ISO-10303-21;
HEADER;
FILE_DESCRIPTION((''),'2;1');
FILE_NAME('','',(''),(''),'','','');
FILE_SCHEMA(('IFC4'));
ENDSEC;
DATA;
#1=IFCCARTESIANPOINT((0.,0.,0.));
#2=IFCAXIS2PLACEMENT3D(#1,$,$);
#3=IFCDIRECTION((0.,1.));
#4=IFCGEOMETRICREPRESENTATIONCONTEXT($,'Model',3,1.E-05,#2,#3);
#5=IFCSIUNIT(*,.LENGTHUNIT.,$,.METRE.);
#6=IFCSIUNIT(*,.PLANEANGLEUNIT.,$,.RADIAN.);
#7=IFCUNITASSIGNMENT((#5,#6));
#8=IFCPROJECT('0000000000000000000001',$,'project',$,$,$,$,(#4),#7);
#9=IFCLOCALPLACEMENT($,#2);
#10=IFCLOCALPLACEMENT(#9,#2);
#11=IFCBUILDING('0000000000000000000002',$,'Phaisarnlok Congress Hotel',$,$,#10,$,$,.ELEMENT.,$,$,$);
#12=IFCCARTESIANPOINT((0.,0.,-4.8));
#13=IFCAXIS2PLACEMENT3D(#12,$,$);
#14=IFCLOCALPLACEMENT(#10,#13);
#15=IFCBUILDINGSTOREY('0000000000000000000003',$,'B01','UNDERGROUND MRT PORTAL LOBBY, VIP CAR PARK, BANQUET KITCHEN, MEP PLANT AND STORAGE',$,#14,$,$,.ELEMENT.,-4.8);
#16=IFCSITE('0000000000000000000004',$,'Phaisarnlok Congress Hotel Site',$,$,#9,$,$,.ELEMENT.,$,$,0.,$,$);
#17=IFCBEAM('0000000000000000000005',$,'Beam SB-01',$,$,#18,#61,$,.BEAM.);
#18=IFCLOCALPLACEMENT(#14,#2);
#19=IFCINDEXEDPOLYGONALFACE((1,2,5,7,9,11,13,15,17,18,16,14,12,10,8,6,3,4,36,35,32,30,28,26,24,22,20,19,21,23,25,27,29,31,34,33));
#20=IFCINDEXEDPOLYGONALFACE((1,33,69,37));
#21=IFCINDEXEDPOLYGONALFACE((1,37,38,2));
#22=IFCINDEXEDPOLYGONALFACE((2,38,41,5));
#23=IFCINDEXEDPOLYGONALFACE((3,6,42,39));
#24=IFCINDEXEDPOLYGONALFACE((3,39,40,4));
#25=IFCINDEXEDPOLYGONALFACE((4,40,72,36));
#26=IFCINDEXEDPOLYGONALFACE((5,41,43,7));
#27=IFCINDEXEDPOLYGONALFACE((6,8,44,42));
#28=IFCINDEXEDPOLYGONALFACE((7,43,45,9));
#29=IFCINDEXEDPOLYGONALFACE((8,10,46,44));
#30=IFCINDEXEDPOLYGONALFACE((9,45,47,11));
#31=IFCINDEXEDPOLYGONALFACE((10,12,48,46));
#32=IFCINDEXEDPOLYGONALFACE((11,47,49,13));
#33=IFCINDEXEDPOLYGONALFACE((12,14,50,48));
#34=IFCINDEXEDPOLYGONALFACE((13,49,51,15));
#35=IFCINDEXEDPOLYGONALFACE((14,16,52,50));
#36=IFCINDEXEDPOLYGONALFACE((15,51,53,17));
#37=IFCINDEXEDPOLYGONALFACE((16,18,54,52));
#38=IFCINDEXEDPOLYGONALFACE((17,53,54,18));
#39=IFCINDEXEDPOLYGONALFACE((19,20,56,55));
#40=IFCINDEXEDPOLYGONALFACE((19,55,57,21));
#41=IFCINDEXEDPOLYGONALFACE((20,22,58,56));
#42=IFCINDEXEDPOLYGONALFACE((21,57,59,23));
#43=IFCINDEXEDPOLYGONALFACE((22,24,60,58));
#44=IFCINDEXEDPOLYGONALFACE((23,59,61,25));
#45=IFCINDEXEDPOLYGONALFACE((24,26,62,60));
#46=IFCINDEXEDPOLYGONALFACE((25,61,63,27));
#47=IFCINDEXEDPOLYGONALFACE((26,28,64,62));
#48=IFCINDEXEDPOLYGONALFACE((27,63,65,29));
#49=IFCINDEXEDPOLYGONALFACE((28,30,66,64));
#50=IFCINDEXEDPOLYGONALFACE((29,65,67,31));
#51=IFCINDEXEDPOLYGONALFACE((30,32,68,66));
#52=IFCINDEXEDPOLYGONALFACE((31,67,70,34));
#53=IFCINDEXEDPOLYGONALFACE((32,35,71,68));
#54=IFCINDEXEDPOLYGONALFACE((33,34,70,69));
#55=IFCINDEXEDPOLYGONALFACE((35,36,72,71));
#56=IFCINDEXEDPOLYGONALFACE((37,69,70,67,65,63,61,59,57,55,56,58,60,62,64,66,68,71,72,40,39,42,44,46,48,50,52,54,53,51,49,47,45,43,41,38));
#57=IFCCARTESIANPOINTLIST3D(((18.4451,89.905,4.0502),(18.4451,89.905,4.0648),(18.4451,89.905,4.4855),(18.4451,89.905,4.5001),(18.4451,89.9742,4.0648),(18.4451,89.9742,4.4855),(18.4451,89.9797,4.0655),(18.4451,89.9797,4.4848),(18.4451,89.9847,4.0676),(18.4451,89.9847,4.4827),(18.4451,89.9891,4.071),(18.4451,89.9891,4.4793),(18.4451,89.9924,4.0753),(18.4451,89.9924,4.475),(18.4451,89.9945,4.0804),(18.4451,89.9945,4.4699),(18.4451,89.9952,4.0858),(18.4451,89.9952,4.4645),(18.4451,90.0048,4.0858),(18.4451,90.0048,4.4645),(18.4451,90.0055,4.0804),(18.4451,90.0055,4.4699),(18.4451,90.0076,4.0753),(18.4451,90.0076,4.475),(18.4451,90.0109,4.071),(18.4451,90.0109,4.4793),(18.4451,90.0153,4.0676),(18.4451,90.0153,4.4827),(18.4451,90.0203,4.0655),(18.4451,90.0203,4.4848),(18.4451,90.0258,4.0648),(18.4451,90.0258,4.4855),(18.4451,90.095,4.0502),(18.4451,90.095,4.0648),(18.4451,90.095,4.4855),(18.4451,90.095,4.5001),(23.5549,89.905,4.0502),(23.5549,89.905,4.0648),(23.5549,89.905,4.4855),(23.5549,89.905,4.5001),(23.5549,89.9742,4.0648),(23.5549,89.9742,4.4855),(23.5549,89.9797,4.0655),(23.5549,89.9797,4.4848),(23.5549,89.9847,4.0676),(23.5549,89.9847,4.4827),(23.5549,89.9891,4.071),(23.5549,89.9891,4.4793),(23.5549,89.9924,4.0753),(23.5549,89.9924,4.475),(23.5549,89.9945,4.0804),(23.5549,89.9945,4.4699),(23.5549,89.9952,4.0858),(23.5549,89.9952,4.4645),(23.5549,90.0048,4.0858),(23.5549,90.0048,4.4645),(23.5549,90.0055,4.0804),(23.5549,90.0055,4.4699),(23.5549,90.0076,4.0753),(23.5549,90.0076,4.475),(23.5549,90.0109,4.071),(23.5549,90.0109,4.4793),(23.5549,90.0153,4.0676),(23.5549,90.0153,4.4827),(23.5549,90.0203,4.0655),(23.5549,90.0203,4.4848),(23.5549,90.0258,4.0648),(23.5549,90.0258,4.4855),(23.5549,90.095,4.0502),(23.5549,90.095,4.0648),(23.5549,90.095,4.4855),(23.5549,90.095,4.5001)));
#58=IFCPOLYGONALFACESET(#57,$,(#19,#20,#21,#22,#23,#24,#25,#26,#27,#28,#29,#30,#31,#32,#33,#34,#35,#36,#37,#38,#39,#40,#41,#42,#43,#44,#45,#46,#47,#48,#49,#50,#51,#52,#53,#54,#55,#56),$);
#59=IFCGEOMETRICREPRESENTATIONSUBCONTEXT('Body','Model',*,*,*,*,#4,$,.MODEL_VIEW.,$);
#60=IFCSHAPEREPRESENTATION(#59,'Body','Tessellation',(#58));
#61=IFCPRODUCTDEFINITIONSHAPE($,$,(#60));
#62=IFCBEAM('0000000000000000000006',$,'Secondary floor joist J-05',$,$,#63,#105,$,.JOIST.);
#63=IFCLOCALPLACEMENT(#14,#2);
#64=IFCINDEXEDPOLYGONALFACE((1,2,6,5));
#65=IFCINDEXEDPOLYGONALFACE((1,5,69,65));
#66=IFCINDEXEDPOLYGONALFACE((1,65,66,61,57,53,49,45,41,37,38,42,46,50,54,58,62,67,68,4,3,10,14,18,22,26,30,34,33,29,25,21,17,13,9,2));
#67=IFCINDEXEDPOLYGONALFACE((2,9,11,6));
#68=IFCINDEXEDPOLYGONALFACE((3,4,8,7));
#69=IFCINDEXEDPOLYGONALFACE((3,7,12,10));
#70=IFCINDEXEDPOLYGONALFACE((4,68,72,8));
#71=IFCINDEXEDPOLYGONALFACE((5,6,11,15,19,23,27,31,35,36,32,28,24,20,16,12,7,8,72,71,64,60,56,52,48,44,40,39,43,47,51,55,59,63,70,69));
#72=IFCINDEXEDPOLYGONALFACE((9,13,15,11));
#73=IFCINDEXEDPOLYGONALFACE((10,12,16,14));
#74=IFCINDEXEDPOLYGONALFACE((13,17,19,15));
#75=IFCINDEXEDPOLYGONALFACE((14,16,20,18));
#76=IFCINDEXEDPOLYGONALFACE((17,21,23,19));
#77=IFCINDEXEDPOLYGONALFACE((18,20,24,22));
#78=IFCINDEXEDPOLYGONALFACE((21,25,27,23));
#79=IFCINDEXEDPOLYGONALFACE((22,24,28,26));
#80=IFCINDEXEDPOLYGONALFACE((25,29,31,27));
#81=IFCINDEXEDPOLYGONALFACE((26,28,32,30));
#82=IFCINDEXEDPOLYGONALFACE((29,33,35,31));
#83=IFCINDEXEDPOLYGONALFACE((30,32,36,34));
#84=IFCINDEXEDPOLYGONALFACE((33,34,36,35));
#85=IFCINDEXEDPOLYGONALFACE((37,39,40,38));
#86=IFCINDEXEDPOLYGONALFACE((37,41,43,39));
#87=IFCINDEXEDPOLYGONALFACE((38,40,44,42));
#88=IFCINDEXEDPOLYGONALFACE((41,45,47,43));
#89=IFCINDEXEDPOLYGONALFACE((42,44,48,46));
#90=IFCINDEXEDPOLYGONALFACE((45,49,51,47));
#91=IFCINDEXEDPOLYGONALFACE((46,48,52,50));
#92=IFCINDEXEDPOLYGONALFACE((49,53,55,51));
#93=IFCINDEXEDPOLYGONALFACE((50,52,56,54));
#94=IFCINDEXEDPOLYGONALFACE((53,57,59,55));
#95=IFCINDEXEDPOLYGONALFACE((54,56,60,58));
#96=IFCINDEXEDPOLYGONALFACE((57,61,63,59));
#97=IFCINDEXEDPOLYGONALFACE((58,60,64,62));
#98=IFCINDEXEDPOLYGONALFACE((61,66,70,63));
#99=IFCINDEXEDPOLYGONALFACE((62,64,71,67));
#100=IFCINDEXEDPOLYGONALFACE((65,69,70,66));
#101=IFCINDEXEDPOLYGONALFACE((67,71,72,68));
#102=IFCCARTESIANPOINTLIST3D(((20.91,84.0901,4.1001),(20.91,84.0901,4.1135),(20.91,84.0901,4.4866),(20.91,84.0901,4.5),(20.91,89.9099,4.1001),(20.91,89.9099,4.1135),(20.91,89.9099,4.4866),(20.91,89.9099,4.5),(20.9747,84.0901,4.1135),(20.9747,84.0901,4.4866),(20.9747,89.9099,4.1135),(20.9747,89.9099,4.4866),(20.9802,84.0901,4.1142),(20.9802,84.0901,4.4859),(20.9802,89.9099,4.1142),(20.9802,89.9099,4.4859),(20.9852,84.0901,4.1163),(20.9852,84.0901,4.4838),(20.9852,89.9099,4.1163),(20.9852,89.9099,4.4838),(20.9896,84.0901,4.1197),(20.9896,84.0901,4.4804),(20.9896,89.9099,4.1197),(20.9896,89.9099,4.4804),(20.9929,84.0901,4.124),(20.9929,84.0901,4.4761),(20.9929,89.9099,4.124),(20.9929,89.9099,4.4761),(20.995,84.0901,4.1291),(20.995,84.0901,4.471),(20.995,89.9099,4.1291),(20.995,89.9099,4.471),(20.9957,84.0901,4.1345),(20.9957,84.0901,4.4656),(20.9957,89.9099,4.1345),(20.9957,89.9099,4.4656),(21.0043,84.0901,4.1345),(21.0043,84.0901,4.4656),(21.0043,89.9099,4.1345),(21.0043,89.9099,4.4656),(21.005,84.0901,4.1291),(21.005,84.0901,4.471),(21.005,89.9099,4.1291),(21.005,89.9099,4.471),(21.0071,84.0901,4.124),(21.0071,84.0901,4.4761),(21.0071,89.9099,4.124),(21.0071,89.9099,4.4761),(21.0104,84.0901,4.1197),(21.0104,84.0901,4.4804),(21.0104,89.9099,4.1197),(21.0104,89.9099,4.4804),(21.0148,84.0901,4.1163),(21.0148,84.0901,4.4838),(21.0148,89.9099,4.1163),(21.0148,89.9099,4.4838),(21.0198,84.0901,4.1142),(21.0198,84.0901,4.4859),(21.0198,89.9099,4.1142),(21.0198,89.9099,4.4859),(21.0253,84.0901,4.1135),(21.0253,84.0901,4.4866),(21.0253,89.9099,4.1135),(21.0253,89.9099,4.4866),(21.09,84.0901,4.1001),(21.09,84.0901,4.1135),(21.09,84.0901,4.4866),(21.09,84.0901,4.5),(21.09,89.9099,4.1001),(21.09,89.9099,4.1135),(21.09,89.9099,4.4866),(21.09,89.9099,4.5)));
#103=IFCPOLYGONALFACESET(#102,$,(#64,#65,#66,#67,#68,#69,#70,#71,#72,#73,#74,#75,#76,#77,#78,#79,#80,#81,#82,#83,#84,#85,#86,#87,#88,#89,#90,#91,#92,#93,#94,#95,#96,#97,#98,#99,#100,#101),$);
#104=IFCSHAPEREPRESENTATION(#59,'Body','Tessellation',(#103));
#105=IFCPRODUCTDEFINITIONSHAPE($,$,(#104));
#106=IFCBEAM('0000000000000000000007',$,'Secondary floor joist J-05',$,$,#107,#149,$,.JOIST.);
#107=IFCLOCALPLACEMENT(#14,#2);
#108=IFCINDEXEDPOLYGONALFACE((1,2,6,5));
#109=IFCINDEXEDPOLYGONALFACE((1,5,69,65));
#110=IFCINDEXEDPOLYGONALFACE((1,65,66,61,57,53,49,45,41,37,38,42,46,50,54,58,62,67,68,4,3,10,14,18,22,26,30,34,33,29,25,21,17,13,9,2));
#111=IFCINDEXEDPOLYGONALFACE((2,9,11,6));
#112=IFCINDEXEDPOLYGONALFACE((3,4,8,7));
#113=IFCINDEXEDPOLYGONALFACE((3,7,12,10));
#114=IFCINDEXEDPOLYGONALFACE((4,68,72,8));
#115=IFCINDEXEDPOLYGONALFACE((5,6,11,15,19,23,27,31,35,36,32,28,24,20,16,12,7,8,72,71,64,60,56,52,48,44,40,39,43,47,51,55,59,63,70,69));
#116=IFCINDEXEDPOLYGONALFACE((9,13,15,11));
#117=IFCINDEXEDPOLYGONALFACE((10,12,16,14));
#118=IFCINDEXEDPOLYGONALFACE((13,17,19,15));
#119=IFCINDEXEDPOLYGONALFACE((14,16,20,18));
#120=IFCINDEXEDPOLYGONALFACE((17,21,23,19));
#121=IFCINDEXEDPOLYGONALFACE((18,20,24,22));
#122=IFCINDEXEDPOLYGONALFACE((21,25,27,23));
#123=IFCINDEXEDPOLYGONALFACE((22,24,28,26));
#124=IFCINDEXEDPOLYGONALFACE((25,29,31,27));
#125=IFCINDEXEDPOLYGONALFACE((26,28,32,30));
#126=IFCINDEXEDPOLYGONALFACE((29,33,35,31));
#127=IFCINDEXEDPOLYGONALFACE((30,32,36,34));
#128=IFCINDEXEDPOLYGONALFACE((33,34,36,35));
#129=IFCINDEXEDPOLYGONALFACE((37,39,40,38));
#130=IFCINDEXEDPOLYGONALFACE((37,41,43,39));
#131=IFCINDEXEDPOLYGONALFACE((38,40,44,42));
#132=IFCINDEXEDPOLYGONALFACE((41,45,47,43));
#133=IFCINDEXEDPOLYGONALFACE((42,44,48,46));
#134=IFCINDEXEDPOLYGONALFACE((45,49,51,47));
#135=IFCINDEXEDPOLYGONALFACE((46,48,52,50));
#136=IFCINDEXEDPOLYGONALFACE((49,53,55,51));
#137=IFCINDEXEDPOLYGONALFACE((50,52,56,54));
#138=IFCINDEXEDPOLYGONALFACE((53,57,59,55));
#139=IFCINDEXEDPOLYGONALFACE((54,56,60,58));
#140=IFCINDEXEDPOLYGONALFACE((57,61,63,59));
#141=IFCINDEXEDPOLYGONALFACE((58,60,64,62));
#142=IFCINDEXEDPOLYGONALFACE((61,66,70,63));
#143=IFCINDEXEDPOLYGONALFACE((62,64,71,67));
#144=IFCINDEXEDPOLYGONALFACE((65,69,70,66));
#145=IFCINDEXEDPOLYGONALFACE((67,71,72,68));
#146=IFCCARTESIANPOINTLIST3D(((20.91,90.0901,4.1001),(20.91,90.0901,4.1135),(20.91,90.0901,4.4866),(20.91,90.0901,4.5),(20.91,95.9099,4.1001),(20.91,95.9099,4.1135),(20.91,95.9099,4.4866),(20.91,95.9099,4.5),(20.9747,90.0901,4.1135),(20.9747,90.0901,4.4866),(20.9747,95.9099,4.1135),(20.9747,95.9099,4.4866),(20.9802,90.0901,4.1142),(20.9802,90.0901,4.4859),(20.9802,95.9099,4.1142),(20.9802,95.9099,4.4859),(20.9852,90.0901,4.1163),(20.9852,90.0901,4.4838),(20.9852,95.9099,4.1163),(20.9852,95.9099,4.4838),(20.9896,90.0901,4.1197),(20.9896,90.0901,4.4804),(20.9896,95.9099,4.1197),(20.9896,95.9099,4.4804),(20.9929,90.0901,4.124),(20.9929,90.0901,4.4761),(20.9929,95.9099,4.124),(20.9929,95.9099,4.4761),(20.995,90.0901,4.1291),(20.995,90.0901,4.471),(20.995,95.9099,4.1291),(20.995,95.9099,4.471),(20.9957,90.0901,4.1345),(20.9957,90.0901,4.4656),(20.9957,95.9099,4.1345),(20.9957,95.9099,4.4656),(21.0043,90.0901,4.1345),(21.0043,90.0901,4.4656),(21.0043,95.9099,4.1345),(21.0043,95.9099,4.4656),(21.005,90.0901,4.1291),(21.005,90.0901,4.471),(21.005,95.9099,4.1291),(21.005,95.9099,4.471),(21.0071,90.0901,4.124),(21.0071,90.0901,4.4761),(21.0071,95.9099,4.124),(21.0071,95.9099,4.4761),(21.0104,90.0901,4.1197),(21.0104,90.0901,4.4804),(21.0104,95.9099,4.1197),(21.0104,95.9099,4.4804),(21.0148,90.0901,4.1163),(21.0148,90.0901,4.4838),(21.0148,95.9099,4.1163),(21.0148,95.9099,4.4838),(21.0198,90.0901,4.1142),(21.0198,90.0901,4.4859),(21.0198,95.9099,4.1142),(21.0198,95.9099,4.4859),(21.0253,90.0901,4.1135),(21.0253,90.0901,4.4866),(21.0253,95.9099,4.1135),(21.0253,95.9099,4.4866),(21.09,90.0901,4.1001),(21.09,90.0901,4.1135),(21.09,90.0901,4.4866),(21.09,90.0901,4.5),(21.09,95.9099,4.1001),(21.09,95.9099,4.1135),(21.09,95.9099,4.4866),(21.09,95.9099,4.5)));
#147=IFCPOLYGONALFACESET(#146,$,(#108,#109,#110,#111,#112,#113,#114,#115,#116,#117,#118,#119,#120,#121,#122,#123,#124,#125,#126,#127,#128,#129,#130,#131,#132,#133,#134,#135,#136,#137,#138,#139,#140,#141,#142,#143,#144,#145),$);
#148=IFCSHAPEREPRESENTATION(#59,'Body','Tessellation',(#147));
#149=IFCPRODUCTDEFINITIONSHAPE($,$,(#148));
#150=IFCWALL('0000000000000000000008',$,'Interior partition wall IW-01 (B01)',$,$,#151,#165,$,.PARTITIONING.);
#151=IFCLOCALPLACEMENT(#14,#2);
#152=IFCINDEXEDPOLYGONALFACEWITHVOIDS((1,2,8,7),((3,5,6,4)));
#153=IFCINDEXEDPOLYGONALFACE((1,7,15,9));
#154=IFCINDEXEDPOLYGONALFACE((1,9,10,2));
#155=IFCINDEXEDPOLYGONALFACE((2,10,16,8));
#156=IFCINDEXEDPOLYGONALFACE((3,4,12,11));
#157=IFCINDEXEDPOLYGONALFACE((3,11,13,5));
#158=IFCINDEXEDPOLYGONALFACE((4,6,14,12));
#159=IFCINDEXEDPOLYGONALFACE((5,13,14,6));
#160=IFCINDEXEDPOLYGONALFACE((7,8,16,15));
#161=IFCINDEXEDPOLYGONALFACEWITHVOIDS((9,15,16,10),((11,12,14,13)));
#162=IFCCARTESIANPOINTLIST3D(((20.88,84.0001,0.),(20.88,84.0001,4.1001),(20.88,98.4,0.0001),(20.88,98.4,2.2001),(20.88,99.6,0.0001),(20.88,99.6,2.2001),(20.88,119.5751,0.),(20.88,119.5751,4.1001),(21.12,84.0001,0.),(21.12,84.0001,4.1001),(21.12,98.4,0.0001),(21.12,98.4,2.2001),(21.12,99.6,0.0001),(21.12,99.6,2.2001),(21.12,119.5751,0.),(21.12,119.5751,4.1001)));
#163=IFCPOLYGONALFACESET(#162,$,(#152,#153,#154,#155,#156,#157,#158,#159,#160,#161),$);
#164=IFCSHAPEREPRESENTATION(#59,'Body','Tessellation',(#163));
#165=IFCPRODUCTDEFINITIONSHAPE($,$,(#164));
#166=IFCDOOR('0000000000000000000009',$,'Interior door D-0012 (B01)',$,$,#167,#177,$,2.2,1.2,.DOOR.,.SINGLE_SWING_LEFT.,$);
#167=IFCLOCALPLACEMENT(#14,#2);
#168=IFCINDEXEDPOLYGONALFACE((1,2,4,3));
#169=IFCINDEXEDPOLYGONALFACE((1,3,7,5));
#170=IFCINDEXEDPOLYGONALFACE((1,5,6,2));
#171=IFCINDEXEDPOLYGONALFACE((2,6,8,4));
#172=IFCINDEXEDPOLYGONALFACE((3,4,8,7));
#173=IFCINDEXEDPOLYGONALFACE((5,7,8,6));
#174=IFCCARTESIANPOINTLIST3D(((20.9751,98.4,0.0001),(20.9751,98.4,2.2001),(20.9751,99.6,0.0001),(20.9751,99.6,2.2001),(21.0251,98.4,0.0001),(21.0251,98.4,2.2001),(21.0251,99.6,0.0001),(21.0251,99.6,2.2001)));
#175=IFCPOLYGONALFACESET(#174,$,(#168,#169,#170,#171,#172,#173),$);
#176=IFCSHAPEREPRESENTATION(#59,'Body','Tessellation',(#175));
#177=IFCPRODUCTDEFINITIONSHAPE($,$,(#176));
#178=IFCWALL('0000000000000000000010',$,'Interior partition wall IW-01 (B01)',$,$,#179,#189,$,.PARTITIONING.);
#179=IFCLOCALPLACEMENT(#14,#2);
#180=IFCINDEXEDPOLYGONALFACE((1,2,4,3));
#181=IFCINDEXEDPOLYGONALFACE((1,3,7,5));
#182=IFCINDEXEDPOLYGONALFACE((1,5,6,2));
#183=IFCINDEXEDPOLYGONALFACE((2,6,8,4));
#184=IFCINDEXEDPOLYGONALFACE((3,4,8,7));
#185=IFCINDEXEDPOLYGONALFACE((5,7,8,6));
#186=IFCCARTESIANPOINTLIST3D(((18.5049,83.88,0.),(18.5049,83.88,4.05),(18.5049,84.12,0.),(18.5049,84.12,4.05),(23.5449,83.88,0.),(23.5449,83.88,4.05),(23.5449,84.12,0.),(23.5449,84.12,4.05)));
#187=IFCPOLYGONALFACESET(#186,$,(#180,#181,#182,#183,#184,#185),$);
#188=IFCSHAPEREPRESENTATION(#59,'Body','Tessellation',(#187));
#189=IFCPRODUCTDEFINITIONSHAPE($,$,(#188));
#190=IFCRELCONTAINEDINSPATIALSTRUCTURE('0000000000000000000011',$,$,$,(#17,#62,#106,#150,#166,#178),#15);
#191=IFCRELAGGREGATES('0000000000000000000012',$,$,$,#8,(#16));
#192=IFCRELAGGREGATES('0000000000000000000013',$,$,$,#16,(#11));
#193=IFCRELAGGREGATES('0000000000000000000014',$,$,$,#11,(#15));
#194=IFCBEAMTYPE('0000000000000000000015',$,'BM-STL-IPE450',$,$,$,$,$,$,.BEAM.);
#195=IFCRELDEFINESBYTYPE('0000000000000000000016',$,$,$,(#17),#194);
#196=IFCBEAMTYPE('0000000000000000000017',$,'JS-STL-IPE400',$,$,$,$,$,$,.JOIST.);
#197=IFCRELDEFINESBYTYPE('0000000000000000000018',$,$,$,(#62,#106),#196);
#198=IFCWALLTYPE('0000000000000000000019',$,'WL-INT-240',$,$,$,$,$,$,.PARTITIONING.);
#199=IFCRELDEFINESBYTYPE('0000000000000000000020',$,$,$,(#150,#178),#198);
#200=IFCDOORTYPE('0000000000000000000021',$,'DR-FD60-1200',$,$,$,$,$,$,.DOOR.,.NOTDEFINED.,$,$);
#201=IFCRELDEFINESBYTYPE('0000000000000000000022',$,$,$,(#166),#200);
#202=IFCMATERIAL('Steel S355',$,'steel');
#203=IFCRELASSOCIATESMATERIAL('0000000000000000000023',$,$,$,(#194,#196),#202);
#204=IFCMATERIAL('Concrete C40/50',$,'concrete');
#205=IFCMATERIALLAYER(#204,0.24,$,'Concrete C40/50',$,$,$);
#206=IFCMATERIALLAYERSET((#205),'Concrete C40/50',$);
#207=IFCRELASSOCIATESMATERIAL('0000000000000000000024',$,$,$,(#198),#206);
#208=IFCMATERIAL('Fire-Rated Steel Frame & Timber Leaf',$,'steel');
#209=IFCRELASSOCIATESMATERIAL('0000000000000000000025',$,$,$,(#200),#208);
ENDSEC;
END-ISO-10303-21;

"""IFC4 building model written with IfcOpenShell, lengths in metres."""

from ifc_helpers import new_model, si_unit, direction, frame, frame_2d, origin, origin_2d, place, context, subcontext, project, spatial, rectangle, i_section, extrude, material, layer, layer_set, material_profile, profile_set, type_object, element, fill, save


model = new_model("IFC4")

# Units and contexts
model_context = context("Model", 3, precision=1e-05, world=origin(), true_north=direction((0.0, 1.0)))
body_context = subcontext(model_context, "Body", "Model", "MODEL_VIEW")
ifc_project = project(units=[si_unit("LENGTHUNIT", "METRE"), si_unit("PLANEANGLEUNIT", "RADIAN")], contexts=[model_context])

# Site, building, storey
site_placement = place(None, origin())
site = spatial("IfcSite", under=ifc_project, at=site_placement, Name="Phaisarnlok Congress Hotel Site", CompositionType="ELEMENT", RefElevation=0.0)
building_placement = place(site_placement, origin())
building = spatial("IfcBuilding", under=site, at=building_placement, Name="Phaisarnlok Congress Hotel", CompositionType="ELEMENT")
storey_placement = place(building_placement, frame((0.0, 0.0, -4.8)))
storey = spatial("IfcBuildingStorey", under=building, at=storey_placement, Name="B01", Description="UNDERGROUND MRT PORTAL LOBBY, VIP CAR PARK, BANQUET KITCHEN, MEP PLANT AND STORAGE", CompositionType="ELEMENT", Elevation=-4.8)

# Shared definitions
ifc_material_1 = material(Name="Concrete C40/50", Category="concrete")

# Beams
ifc_material_2 = material(Name="Steel S355", Category="steel")
ifc_material_profile_1 = material_profile(ifc_material_2, i_section(OverallWidth=0.1899, OverallDepth=0.45, WebThickness=0.0095, FlangeThickness=0.0146, FilletRadius=0.021, at=origin_2d()), Name="IPE 450")
ifc_profile_set_1 = profile_set([ifc_material_profile_1], Name="Steel S355")
beam_type_1 = type_object("IfcBeamType", Name="BM-STL-IPE450", PredefinedType="BEAM", material=ifc_profile_set_1)
beam_1_placement = place(storey_placement, frame((18.4451, 90.0, 4.2751), z_axis=(1.0, 0.0, 0.0), x_axis=(0.0, 1.0, 0.0)))
element("IfcBeam", 1, at=beam_1_placement, inside=storey, type_object=beam_type_1, Name="Beam SB-01", PredefinedType="BEAM", context=body_context, shape_type="SweptSolid", body=[
    extrude(i_section(OverallWidth=0.1899, OverallDepth=0.45, WebThickness=0.0095, FlangeThickness=0.0146, FilletRadius=0.021, at=origin_2d()), origin(), (0.0, 0.0, 1.0), 5.1099),
])
ifc_material_profile_2 = material_profile(ifc_material_2, i_section(OverallWidth=0.1799, OverallDepth=0.3999, WebThickness=0.0085, FlangeThickness=0.0134, FilletRadius=0.021, at=origin_2d()), Name="IPE 400")
ifc_profile_set_2 = profile_set([ifc_material_profile_2], Name="Steel S355")
beam_type_2 = type_object("IfcBeamType", Name="JS-STL-IPE400", PredefinedType="JOIST", material=ifc_profile_set_2)
for number, where, z_axis, x_axis, name in (
    (2, (21.0, 84.0901, 4.3), (0.0, 1.0, 0.0), (-1.0, 0.0, 0.0), "Secondary floor joist J-05"),
    (3, (21.0, 90.0901, 4.3), (0.0, 1.0, 0.0), (-1.0, 0.0, 0.0), "Secondary floor joist J-05"),
):
    element("IfcBeam", number, at=place(storey_placement, frame(where, z_axis=z_axis, x_axis=x_axis)), inside=storey, type_object=beam_type_2, Name=name, PredefinedType="JOIST", context=body_context, shape_type="SweptSolid", body=[
        extrude(i_section(OverallWidth=0.1799, OverallDepth=0.3999, WebThickness=0.0085, FlangeThickness=0.0134, FilletRadius=0.021, at=origin_2d()), origin(), (0.0, 0.0, 1.0), 5.8198),
    ])

# Wall, opening, door
ifc_layer = layer(ifc_material_1, 0.24, Name="Concrete C40/50")
ifc_layer_set = layer_set([ifc_layer], Name="Concrete C40/50")
wall_type = type_object("IfcWallType", Name="WL-INT-240", PredefinedType="PARTITIONING", material=ifc_layer_set)
wall_1_placement = place(storey_placement, frame((21.0, 84.0, 0.0), z_axis=(0.0, 0.0, 1.0), x_axis=(0.0, 1.0, 0.0)))
wall_1 = element("IfcWall", 4, at=wall_1_placement, inside=storey, type_object=wall_type, Name="Interior partition wall IW-01 (B01)", PredefinedType="PARTITIONING", context=body_context, shape_type="SweptSolid", body=[
    extrude(rectangle(XDim=35.575, YDim=0.24, at=frame_2d((17.7876, 0.0))), origin(), (0.0, 0.0, 1.0), 4.1001),
])
opening_placement = place(wall_1_placement, frame((14.3999, 0.0, 0.0)))
opening = element("IfcOpeningElement", 5, at=opening_placement, cuts=wall_1, PredefinedType="OPENING", context=body_context, shape_type="SweptSolid", body=[
    extrude(rectangle(XDim=1.2, YDim=2.2, at=frame_2d((0.6001, 1.1001))), frame((0.0, 0.1299, 0.0), z_axis=(0.0, -1.0, 0.0), x_axis=(1.0, 0.0, 0.0)), (0.0, 0.0, 1.0), 0.26),
])
ifc_material_3 = material(Name="Fire-Rated Steel Frame & Timber Leaf", Category="steel")
door_type = type_object("IfcDoorType", Name="DR-FD60-1200", OperationType="NOTDEFINED", PredefinedType="DOOR", material=ifc_material_3)
door_placement = place(opening_placement, origin())
door = element("IfcDoor", 6, at=door_placement, inside=storey, type_object=door_type, Name="Interior door D-0012 (B01)", OperationType="SINGLE_SWING_LEFT", OverallHeight=2.2, OverallWidth=1.2, PredefinedType="DOOR", context=body_context, shape_type="SweptSolid", body=[
    extrude(rectangle(XDim=1.2, YDim=2.2, at=frame_2d((0.6001, 1.1001))), frame((0.0, 0.0249, 0.0), z_axis=(0.0, -1.0, 0.0), x_axis=(1.0, 0.0, 0.0)), (0.0, 0.0, 1.0), 0.05),
])
fill(opening, door)

# Wall
wall_2_placement = place(storey_placement, frame((18.5049, 84.0, 0.0), z_axis=(0.0, 0.0, 1.0), x_axis=(1.0, 0.0, 0.0)))
element("IfcWall", 7, at=wall_2_placement, inside=storey, type_object=wall_type, Name="Interior partition wall IW-01 (B01)", PredefinedType="PARTITIONING", context=body_context, shape_type="SweptSolid", body=[
    extrude(rectangle(XDim=5.04, YDim=0.24, at=frame_2d((2.52, 0.0))), origin(), (0.0, 0.0, 1.0), 4.05),
])

save(model, "model.ifc")
